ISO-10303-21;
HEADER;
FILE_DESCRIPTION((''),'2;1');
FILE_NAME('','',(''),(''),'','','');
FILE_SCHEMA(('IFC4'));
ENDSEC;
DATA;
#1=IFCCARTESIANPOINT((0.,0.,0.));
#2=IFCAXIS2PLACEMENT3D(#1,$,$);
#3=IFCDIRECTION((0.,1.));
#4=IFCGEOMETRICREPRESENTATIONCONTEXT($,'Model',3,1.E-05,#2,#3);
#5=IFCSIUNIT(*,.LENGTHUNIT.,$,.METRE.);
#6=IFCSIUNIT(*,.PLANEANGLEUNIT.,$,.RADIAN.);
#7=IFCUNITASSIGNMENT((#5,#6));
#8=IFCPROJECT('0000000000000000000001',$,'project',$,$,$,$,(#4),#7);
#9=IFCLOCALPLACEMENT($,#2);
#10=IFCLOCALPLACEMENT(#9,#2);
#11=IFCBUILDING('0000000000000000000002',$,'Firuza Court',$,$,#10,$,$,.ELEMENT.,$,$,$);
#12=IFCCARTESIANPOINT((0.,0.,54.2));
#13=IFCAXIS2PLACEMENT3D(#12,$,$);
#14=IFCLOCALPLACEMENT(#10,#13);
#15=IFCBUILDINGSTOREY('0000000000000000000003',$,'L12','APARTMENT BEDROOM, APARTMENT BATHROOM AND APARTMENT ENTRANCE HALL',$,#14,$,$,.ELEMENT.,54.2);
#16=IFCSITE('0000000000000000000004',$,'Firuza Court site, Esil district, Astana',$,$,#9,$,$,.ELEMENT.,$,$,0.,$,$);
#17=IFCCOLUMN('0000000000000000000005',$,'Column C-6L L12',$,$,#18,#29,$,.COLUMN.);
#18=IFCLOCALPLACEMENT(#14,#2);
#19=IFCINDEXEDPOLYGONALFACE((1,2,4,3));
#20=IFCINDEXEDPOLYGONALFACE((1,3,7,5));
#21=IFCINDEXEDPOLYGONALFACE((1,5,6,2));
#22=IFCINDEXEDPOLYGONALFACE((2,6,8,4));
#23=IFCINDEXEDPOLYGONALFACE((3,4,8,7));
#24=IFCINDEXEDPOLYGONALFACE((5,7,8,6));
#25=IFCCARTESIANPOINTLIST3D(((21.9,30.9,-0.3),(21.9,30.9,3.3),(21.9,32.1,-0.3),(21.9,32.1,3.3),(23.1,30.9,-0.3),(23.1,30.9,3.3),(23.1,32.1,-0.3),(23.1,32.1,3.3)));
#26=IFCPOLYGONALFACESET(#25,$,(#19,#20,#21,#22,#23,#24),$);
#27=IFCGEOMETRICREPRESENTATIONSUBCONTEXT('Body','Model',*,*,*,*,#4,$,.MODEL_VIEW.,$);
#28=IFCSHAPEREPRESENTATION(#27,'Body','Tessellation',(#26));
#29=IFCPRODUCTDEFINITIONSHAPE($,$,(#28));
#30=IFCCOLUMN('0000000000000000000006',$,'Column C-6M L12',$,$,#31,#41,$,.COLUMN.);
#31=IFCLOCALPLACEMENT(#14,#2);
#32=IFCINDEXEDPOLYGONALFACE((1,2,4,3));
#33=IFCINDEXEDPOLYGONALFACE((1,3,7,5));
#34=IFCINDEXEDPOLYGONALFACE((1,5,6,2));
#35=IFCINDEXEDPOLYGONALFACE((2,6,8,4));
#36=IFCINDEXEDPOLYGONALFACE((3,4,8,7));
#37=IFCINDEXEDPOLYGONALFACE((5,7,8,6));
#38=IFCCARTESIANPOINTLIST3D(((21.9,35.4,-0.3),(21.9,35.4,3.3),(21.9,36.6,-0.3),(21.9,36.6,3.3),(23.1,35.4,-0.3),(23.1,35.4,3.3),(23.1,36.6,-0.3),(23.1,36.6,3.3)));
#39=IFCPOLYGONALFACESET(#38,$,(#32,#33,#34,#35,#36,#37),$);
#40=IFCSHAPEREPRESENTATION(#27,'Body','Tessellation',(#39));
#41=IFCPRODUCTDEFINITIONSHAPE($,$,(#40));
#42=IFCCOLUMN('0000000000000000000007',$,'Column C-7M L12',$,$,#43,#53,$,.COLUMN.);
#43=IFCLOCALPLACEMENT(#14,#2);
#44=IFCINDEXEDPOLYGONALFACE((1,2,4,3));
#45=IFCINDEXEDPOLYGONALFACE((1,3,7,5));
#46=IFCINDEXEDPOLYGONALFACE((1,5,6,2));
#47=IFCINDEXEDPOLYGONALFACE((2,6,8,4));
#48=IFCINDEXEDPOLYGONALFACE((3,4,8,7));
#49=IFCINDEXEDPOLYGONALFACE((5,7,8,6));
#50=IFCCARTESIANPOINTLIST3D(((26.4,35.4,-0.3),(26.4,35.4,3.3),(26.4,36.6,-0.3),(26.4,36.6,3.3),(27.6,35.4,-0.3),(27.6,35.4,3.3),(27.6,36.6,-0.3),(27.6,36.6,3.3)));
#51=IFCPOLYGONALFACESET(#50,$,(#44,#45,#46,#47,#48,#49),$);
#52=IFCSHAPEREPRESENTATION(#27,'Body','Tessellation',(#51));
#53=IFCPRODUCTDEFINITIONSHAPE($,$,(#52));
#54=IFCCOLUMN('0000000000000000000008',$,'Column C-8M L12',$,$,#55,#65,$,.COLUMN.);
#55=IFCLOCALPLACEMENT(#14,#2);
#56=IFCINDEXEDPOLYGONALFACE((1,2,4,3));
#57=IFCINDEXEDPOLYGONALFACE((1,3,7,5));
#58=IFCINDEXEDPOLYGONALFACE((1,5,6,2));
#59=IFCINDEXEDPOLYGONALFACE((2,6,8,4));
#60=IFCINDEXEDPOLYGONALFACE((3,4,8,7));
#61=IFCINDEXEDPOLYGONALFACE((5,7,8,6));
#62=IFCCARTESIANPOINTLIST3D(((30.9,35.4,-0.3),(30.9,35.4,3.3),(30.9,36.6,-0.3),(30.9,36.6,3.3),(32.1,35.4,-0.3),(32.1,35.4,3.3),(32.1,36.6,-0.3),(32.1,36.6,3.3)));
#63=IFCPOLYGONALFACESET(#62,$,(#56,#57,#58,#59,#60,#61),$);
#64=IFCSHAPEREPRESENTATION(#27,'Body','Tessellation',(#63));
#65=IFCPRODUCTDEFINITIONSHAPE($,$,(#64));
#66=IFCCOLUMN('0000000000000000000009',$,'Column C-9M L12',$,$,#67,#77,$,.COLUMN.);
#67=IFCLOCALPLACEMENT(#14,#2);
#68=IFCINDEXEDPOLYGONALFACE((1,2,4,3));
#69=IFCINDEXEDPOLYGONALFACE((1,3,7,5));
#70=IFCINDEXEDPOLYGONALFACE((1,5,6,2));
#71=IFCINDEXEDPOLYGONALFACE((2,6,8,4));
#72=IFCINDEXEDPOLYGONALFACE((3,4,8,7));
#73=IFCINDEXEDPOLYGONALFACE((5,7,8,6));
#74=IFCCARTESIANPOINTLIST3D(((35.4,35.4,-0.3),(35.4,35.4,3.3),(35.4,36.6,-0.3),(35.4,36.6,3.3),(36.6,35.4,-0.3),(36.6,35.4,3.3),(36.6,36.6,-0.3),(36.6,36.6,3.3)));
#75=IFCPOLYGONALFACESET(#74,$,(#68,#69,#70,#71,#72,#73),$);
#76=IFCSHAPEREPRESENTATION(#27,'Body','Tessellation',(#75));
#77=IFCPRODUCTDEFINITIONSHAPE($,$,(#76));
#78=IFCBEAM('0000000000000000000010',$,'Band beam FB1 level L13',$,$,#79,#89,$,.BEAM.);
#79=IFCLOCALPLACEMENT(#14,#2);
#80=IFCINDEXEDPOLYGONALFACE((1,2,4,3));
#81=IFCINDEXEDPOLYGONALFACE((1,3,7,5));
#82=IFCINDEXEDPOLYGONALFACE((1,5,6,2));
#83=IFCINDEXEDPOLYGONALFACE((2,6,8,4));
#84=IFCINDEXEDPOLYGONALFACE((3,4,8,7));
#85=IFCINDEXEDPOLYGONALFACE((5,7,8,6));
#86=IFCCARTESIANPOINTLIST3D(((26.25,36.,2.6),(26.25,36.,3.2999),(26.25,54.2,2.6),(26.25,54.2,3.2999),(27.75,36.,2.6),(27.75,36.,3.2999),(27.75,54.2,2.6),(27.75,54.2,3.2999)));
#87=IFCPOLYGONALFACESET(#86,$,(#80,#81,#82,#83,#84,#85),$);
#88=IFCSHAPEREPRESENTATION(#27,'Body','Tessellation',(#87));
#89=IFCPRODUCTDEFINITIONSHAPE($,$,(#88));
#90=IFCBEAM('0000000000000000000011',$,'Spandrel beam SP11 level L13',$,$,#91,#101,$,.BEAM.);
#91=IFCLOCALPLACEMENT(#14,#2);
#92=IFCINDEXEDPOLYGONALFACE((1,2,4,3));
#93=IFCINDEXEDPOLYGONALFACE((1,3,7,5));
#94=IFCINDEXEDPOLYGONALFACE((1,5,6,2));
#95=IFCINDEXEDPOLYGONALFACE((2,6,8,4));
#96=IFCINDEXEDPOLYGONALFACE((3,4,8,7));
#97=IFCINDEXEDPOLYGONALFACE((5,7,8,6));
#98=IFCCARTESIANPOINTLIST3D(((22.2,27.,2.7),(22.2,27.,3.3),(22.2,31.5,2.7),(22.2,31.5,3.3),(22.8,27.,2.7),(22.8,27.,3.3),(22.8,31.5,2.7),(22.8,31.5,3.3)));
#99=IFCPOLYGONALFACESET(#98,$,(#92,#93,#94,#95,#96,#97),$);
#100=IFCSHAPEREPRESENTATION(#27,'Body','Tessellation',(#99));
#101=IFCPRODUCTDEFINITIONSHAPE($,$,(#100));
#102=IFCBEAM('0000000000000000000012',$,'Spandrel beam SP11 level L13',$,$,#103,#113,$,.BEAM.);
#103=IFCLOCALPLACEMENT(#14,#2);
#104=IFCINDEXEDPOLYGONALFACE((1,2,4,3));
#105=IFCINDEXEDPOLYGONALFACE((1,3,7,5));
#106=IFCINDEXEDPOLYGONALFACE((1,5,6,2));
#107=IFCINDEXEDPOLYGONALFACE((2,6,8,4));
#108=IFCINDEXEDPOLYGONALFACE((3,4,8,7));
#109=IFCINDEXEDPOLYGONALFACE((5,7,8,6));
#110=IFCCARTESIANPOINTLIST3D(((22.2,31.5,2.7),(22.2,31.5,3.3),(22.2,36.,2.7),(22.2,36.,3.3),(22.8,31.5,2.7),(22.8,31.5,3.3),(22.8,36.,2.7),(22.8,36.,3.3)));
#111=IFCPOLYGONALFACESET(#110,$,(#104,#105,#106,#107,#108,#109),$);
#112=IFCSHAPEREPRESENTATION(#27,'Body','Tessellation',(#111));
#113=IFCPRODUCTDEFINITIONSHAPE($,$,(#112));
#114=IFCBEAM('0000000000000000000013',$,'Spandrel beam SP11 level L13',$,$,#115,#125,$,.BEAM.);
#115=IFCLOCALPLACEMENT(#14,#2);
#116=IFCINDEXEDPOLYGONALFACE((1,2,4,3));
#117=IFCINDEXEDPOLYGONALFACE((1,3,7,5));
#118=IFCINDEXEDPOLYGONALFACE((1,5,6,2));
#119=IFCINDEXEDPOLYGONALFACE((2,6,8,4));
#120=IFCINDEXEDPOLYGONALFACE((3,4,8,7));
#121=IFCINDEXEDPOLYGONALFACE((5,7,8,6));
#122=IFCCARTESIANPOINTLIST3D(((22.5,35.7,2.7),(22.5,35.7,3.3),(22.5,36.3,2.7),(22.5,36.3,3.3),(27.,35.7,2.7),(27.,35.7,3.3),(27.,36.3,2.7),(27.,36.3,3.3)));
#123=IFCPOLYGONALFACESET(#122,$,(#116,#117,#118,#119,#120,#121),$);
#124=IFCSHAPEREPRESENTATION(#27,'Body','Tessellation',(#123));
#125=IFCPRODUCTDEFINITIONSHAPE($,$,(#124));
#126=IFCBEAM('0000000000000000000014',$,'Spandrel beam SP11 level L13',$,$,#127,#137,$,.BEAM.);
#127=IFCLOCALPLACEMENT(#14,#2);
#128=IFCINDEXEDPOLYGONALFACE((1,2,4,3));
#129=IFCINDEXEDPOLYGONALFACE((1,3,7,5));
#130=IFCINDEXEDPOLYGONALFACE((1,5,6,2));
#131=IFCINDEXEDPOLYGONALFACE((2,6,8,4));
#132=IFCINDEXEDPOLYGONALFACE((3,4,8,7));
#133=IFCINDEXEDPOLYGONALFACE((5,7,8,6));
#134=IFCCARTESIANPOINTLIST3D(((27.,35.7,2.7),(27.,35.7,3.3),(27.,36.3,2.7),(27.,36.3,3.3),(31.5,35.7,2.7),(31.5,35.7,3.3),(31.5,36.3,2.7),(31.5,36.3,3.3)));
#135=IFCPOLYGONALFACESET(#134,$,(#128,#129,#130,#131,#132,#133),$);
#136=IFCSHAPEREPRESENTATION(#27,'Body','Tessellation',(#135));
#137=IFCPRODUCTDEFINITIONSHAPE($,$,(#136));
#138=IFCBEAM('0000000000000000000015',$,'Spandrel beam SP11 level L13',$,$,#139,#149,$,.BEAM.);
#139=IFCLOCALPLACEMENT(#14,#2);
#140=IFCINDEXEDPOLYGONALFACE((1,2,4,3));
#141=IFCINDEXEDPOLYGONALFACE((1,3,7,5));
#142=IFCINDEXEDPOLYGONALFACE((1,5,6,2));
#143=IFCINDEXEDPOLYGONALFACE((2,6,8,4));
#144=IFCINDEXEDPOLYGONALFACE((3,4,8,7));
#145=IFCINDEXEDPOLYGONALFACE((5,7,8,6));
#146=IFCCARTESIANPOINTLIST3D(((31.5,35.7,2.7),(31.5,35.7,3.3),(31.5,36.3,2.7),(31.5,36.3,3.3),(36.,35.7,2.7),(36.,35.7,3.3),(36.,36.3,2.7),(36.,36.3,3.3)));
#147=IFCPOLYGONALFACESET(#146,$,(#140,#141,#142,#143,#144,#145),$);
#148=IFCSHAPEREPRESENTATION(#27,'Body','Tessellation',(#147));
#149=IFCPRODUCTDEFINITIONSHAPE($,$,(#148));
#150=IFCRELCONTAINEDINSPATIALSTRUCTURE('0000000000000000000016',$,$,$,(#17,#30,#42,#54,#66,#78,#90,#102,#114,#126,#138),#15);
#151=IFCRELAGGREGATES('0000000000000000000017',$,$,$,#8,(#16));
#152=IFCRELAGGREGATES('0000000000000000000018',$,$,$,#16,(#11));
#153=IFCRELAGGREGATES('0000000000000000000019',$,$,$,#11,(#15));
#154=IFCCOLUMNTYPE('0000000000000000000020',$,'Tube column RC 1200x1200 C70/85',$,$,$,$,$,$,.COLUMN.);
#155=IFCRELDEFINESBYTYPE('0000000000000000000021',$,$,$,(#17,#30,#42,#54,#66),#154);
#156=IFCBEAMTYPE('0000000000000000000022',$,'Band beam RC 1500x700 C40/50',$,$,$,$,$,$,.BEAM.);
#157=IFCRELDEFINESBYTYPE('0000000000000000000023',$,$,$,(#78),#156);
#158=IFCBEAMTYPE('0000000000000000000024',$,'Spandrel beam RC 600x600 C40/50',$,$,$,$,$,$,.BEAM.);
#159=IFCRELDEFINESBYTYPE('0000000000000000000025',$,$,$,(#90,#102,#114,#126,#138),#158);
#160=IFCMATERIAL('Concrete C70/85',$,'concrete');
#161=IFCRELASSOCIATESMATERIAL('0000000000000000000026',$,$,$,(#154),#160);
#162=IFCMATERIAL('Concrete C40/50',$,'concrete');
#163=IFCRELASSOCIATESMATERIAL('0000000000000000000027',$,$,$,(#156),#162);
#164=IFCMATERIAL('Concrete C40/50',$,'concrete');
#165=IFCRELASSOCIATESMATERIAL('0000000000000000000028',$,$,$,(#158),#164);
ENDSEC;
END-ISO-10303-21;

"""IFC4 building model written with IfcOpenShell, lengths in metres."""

from ifc_helpers import new_model, si_unit, direction, frame, origin, origin_2d, place, context, subcontext, project, spatial, rectangle, extrude, material, material_profile, profile_set, type_object, element, save


model = new_model("IFC4")

# Units and contexts
model_context = context("Model", 3, precision=1e-05, world=origin(), true_north=direction((0.0, 1.0)))
body_context = subcontext(model_context, "Body", "Model", "MODEL_VIEW")
ifc_project = project(units=[si_unit("LENGTHUNIT", "METRE"), si_unit("PLANEANGLEUNIT", "RADIAN")], contexts=[model_context])

# Site, building, storey
site_placement = place(None, origin())
site = spatial("IfcSite", under=ifc_project, at=site_placement, Name="Firuza Court site, Esil district, Astana", CompositionType="ELEMENT", RefElevation=0.0)
building_placement = place(site_placement, origin())
building = spatial("IfcBuilding", under=site, at=building_placement, Name="Firuza Court", CompositionType="ELEMENT")
storey_placement = place(building_placement, frame((0.0, 0.0, 54.2)))
storey = spatial("IfcBuildingStorey", under=building, at=storey_placement, Name="L12", Description="APARTMENT BEDROOM, APARTMENT BATHROOM AND APARTMENT ENTRANCE HALL", CompositionType="ELEMENT", Elevation=54.2)

# Columns
ifc_material_1 = material(Name="Concrete C70/85", Category="concrete")
ifc_material_profile_1 = material_profile(ifc_material_1, rectangle(XDim=1.2, YDim=1.2, at=origin_2d()), Name="RC 1200x1200")
ifc_profile_set_1 = profile_set([ifc_material_profile_1], Name="Concrete C70/85")
column_type = type_object("IfcColumnType", Name="Tube column RC 1200x1200 C70/85", PredefinedType="COLUMN", material=ifc_profile_set_1)
for number, where, z_axis, x_axis, name in (
    (1, (22.5, 31.5, -0.3), (0.0, 0.0, 1.0), (1.0, 0.0, 0.0), "Column C-6L L12"),
    (2, (22.5, 36.0, -0.3), (0.0, 0.0, 1.0), (1.0, 0.0, 0.0), "Column C-6M L12"),
    (3, (27.0, 36.0, -0.3), (0.0, 0.0, 1.0), (1.0, 0.0, 0.0), "Column C-7M L12"),
    (4, (31.5, 36.0, -0.3), (0.0, 0.0, 1.0), (1.0, 0.0, 0.0), "Column C-8M L12"),
    (5, (36.0, 36.0, -0.3), (0.0, 0.0, 1.0), (1.0, 0.0, 0.0), "Column C-9M L12"),
):
    element("IfcColumn", number, at=place(storey_placement, frame(where, z_axis=z_axis, x_axis=x_axis)), inside=storey, type_object=column_type, Name=name, PredefinedType="COLUMN", context=body_context, shape_type="SweptSolid", body=[
        extrude(rectangle(XDim=1.2, YDim=1.2, at=origin_2d()), origin(), (0.0, 0.0, 1.0), 3.6001),
    ])

# Beams
ifc_material_2 = material(Name="Concrete C40/50", Category="concrete")
ifc_material_profile_2 = material_profile(ifc_material_2, rectangle(XDim=1.5, YDim=0.7, at=origin_2d()), Name="RC 1500x700")
ifc_profile_set_2 = profile_set([ifc_material_profile_2], Name="Concrete C40/50")
beam_type_1 = type_object("IfcBeamType", Name="Band beam RC 1500x700 C40/50", PredefinedType="BEAM", material=ifc_profile_set_2)
beam_placement = place(storey_placement, frame((27.0, 36.0, 2.95), z_axis=(0.0, 1.0, 0.0), x_axis=(-1.0, 0.0, 0.0)))
element("IfcBeam", 6, at=beam_placement, inside=storey, type_object=beam_type_1, Name="Band beam FB1 level L13", PredefinedType="BEAM", context=body_context, shape_type="SweptSolid", body=[
    extrude(rectangle(XDim=1.5, YDim=0.7, at=origin_2d()), origin(), (0.0, 0.0, 1.0), 18.2),
])
ifc_material_3 = material(Name="Concrete C40/50", Category="concrete")
ifc_material_profile_3 = material_profile(ifc_material_3, rectangle(XDim=0.6001, YDim=0.6001, at=origin_2d()), Name="RC 600x600")
ifc_profile_set_3 = profile_set([ifc_material_profile_3], Name="Concrete C40/50")
beam_type_2 = type_object("IfcBeamType", Name="Spandrel beam RC 600x600 C40/50", PredefinedType="BEAM", material=ifc_profile_set_3)
for number, where, z_axis, x_axis, name in (
    (7, (22.5, 27.0, 3.0), (0.0, 1.0, 0.0), (-1.0, 0.0, 0.0), "Spandrel beam SP11 level L13"),
    (8, (22.5, 31.5, 3.0), (0.0, 1.0, 0.0), (-1.0, 0.0, 0.0), "Spandrel beam SP11 level L13"),
    (9, (22.5, 36.0, 3.0), (1.0, 0.0, 0.0), (0.0, 1.0, 0.0), "Spandrel beam SP11 level L13"),
    (10, (27.0, 36.0, 3.0), (1.0, 0.0, 0.0), (0.0, 1.0, 0.0), "Spandrel beam SP11 level L13"),
    (11, (31.5, 36.0, 3.0), (1.0, 0.0, 0.0), (0.0, 1.0, 0.0), "Spandrel beam SP11 level L13"),
):
    element("IfcBeam", number, at=place(storey_placement, frame(where, z_axis=z_axis, x_axis=x_axis)), inside=storey, type_object=beam_type_2, Name=name, PredefinedType="BEAM", context=body_context, shape_type="SweptSolid", body=[
        extrude(rectangle(XDim=0.6001, YDim=0.6001, at=origin_2d()), origin(), (0.0, 0.0, 1.0), 4.5),
    ])

save(model, "model.ifc")
